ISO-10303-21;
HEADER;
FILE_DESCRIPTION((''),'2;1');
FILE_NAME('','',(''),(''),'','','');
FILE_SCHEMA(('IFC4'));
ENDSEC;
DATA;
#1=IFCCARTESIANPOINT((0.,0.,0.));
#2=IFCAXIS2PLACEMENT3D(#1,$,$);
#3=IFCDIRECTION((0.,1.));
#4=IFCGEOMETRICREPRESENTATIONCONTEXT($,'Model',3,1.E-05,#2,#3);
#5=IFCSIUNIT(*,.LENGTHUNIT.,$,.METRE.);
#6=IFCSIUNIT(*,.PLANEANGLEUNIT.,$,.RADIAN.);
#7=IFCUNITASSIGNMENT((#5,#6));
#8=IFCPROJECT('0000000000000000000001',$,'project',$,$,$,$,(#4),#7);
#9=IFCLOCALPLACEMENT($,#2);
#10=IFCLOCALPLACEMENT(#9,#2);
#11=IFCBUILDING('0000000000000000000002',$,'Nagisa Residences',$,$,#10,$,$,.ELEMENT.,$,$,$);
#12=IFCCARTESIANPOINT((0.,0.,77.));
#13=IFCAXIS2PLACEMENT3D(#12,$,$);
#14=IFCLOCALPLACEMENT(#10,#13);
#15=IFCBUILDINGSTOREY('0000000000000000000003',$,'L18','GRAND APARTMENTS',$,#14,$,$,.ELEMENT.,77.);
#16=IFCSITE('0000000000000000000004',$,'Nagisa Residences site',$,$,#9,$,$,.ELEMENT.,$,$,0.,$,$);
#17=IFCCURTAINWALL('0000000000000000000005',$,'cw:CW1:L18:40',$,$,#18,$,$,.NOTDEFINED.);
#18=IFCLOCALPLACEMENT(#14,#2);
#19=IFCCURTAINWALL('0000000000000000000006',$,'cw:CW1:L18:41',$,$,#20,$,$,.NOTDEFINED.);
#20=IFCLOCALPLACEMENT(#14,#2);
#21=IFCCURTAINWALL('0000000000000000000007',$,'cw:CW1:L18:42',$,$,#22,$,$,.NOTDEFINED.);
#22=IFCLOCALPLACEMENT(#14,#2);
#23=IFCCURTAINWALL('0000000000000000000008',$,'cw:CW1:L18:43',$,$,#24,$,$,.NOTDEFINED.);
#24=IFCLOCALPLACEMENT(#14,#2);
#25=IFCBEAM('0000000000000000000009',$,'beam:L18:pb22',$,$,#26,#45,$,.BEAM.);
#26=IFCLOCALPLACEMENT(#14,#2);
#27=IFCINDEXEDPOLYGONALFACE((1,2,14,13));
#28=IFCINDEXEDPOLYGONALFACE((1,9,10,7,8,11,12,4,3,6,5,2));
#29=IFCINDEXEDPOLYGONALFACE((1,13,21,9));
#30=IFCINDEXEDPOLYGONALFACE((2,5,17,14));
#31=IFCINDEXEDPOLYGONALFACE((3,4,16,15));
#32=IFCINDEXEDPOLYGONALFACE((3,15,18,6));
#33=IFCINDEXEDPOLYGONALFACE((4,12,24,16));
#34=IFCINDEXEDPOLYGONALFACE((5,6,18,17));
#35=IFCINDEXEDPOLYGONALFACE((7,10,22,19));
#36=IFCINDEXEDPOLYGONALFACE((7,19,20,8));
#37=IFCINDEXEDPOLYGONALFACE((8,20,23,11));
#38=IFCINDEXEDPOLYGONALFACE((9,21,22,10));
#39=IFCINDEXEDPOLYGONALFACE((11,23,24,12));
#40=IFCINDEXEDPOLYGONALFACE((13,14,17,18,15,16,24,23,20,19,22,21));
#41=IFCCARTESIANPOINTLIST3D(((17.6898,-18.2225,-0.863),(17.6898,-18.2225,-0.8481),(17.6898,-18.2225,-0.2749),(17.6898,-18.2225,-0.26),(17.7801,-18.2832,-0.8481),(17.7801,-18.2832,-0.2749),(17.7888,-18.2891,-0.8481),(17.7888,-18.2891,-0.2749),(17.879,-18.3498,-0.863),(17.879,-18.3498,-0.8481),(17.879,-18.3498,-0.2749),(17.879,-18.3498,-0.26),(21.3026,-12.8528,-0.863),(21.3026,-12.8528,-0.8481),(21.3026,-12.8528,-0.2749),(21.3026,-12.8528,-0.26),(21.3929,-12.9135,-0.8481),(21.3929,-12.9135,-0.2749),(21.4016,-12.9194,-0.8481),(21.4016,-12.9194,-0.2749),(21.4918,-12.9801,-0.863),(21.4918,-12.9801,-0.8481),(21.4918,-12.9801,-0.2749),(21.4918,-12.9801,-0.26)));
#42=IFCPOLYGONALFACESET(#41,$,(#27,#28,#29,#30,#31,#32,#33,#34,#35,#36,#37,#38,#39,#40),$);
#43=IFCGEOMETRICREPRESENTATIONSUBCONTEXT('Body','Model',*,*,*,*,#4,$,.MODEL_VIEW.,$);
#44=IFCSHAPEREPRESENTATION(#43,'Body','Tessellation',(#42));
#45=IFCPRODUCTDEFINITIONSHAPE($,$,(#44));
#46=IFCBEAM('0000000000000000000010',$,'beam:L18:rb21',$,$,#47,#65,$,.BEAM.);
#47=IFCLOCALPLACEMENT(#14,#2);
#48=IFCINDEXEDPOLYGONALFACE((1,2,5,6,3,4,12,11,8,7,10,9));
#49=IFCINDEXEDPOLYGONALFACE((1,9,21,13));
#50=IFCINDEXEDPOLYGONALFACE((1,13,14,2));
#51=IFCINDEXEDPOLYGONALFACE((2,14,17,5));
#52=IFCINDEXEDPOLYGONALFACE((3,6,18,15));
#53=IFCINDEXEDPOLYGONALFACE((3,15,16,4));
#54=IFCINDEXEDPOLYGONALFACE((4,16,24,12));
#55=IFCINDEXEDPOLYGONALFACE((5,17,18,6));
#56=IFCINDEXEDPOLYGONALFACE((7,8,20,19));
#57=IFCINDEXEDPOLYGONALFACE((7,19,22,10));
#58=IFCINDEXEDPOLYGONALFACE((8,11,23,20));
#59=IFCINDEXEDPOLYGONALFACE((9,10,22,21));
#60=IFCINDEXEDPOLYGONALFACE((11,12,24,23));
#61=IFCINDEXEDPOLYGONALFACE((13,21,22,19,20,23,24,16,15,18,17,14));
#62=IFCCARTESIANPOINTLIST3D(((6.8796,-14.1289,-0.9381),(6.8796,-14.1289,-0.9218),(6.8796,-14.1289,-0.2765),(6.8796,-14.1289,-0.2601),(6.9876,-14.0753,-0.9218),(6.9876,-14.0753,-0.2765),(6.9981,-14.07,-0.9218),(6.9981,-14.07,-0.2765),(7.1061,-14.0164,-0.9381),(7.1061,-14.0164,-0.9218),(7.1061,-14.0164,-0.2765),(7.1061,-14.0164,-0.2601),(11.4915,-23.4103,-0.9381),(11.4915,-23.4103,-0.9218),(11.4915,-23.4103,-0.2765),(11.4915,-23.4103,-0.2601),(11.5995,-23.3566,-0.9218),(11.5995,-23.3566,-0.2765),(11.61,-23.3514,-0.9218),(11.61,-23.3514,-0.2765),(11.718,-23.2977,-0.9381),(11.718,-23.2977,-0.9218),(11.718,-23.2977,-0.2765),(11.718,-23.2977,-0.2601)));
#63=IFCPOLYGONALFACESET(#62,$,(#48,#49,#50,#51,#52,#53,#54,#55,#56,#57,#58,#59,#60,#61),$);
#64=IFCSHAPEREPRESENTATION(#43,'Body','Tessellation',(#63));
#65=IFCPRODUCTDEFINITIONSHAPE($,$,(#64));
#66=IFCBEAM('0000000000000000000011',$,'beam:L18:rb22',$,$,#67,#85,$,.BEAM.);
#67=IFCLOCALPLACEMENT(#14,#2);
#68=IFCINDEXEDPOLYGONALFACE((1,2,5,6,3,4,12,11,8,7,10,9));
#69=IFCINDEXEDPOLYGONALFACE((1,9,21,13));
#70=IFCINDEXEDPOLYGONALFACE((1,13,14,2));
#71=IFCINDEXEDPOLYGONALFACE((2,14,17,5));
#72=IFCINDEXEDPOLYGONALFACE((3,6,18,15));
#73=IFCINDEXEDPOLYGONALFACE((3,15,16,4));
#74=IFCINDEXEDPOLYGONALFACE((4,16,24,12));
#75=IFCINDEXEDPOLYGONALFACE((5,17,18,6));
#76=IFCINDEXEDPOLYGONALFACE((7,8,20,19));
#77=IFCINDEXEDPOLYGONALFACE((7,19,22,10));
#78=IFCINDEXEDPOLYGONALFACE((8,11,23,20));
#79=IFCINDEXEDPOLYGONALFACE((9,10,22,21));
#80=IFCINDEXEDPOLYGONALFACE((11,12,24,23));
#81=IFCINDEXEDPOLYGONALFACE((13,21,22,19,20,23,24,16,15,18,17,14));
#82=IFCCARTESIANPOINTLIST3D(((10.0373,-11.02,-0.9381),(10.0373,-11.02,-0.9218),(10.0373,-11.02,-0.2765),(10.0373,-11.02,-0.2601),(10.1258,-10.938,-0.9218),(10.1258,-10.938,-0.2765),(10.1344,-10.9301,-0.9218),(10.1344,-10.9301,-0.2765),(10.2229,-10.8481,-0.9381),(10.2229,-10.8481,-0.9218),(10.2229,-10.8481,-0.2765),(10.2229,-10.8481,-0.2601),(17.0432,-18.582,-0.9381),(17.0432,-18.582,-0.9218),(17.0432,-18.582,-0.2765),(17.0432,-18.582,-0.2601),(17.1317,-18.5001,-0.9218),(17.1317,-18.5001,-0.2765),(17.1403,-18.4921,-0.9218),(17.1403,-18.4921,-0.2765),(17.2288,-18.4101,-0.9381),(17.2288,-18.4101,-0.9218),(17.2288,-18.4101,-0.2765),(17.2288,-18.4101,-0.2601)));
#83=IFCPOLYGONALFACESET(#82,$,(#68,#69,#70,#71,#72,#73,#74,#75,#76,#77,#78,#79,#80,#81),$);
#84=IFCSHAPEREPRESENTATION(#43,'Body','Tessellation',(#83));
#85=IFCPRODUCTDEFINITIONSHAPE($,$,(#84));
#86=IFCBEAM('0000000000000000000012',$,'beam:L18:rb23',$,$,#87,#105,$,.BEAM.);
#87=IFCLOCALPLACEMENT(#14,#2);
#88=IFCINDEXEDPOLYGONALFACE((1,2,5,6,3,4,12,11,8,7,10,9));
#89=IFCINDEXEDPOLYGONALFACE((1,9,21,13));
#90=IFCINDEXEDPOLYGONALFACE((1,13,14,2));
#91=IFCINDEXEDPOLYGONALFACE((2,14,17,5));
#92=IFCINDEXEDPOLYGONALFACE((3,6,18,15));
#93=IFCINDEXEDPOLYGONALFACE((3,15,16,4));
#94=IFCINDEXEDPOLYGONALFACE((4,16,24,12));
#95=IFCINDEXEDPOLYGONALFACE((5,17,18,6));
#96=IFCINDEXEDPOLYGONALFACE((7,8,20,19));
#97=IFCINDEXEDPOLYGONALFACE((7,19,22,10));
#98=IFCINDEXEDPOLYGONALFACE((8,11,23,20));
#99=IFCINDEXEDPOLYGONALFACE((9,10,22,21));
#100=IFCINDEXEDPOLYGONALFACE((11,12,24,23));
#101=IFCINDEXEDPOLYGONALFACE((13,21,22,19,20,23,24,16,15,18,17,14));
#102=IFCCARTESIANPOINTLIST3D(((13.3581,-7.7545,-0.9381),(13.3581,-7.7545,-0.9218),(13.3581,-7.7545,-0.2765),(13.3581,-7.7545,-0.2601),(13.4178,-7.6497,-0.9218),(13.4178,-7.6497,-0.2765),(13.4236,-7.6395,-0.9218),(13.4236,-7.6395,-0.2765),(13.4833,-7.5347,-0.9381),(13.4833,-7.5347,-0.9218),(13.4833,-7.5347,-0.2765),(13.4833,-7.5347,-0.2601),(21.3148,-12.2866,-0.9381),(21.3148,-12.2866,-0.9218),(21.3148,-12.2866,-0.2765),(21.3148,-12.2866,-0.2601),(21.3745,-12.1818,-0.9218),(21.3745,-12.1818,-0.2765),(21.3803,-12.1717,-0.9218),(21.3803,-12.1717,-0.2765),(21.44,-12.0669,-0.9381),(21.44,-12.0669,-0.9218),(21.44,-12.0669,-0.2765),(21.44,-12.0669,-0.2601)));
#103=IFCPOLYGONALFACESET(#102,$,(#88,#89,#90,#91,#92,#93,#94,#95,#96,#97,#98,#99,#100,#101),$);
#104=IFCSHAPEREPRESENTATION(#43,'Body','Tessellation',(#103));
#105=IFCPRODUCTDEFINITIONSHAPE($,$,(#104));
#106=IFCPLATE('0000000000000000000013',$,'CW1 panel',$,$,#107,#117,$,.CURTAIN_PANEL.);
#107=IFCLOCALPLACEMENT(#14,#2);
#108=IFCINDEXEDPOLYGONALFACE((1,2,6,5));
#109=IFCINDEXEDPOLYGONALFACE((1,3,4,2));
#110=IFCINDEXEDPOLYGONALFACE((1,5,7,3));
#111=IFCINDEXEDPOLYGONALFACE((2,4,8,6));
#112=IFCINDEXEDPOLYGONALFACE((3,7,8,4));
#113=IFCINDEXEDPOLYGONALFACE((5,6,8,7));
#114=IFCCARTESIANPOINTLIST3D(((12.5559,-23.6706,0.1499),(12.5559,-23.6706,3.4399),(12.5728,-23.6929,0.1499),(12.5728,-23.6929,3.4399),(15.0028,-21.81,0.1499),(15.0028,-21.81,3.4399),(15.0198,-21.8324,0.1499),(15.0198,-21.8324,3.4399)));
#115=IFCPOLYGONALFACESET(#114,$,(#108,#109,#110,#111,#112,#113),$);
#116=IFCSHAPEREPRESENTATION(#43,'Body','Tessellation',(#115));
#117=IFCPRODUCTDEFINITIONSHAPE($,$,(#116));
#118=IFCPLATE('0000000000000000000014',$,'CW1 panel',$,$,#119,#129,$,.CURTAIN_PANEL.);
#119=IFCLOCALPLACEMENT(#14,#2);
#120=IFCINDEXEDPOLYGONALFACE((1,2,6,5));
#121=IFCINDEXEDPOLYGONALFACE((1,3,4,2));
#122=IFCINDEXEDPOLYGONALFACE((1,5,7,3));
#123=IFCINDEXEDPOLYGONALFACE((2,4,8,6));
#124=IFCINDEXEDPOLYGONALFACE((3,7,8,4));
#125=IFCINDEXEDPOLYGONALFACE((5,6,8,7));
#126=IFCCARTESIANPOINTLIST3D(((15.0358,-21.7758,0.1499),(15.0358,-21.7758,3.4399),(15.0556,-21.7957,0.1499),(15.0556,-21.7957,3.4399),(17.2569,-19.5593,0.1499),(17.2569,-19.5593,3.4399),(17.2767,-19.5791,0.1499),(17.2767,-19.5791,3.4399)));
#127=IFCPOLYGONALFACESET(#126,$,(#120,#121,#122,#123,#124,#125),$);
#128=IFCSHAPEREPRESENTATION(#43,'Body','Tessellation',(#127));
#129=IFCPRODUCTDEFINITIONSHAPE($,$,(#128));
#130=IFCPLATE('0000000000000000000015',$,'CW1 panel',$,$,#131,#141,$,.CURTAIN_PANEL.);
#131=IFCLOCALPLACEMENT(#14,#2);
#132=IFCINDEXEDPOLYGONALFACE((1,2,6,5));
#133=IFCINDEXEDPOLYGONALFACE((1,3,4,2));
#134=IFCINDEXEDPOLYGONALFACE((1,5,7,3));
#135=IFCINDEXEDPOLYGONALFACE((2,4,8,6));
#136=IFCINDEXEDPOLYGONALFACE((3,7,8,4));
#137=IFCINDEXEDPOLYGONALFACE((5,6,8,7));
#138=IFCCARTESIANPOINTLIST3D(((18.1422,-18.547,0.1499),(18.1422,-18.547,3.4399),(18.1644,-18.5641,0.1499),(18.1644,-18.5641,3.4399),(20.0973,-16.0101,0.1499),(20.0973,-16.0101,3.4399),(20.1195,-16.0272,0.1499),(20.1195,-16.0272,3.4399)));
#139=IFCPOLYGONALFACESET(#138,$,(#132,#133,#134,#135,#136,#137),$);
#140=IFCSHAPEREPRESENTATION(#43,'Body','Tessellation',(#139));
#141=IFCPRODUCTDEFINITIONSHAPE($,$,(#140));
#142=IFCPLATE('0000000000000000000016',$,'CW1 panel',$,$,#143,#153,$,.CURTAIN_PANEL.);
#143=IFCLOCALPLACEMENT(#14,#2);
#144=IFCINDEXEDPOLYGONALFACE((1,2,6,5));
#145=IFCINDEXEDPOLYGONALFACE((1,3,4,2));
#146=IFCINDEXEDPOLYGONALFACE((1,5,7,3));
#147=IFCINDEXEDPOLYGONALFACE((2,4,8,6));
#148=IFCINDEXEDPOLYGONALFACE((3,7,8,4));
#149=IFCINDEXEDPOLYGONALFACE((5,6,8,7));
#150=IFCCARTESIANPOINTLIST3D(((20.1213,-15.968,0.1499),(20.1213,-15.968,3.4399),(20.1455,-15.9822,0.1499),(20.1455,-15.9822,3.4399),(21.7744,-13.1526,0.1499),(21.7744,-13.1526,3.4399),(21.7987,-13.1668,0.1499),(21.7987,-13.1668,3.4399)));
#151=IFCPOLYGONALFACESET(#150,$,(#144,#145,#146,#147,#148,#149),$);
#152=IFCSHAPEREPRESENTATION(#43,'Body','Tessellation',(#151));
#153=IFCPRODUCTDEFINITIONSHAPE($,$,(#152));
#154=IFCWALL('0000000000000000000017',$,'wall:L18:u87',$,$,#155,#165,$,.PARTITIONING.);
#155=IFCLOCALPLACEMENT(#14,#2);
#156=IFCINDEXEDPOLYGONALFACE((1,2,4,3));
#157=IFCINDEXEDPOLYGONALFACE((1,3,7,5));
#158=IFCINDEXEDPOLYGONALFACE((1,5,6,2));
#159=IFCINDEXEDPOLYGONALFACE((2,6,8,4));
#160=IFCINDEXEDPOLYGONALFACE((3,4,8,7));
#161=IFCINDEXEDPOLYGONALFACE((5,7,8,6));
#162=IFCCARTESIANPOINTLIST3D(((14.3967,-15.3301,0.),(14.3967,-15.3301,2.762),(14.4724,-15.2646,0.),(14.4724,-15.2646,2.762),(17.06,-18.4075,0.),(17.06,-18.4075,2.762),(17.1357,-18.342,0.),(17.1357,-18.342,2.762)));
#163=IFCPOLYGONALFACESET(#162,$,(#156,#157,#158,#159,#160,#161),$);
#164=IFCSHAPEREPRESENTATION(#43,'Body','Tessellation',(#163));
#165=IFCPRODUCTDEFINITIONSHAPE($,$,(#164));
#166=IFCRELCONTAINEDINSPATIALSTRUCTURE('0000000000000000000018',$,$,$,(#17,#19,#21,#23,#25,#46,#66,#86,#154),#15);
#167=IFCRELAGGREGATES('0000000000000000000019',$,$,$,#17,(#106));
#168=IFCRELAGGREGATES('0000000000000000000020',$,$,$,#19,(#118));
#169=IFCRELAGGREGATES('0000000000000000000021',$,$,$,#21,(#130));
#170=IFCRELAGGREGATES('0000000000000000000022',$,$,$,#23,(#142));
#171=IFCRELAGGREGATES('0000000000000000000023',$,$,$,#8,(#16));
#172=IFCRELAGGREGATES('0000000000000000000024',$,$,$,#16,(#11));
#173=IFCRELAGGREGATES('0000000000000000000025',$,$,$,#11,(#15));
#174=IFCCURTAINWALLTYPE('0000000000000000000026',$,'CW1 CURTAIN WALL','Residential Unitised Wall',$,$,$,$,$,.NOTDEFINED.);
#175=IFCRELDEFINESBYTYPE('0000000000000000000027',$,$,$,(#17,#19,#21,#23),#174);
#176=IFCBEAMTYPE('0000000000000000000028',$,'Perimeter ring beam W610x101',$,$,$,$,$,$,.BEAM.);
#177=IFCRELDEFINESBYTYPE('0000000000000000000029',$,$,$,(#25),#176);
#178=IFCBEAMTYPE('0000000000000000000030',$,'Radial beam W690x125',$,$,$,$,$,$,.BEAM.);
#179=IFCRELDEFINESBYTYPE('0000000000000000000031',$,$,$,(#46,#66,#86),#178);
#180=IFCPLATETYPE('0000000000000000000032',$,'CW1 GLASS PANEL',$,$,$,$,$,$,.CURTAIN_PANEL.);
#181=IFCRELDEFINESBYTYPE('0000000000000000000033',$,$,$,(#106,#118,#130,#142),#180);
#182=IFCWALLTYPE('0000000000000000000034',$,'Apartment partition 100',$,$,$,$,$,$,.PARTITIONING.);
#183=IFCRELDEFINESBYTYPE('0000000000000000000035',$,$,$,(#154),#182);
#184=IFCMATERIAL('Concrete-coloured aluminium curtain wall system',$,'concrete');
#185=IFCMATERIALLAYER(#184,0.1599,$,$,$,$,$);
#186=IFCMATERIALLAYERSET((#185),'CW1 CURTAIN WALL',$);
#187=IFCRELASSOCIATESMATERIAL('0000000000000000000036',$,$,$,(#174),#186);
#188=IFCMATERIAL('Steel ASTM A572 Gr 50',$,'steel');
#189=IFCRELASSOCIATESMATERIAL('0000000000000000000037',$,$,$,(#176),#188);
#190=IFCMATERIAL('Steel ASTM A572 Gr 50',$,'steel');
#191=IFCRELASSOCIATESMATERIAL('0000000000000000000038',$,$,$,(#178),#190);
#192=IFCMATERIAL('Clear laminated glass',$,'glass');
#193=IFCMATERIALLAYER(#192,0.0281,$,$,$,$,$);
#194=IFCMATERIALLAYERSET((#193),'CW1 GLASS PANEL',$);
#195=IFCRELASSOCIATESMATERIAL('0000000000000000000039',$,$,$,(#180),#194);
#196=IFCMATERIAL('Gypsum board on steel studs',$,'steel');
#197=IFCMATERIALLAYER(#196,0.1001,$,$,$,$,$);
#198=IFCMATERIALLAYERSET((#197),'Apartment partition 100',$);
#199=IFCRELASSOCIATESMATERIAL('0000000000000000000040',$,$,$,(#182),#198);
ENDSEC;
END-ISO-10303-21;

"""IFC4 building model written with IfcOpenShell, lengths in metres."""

from ifc_helpers import new_model, si_unit, direction, frame, frame_2d, origin, origin_2d, place, context, subcontext, project, spatial, rectangle, i_section, extrude, material, layer, layer_set, material_profile, profile_set, type_object, element, aggregate, save


model = new_model("IFC4")

# Units and contexts
model_context = context("Model", 3, precision=1e-05, world=origin(), true_north=direction((0.0, 1.0)))
body_context = subcontext(model_context, "Body", "Model", "MODEL_VIEW")
ifc_project = project(units=[si_unit("LENGTHUNIT", "METRE"), si_unit("PLANEANGLEUNIT", "RADIAN")], contexts=[model_context])

# Site, building, storey
site_placement = place(None, origin())
site = spatial("IfcSite", under=ifc_project, at=site_placement, Name="Nagisa Residences site", CompositionType="ELEMENT", RefElevation=0.0)
building_placement = place(site_placement, origin())
building = spatial("IfcBuilding", under=site, at=building_placement, Name="Nagisa Residences", CompositionType="ELEMENT")
storey_placement = place(building_placement, frame((0.0, 0.0, 77.0)))
storey = spatial("IfcBuildingStorey", under=building, at=storey_placement, Name="L18", Description="GRAND APARTMENTS", CompositionType="ELEMENT", Elevation=77.0)

# Curtain walls
ifc_material_1 = material(Name="Concrete-coloured aluminium curtain wall system", Category="concrete")
ifc_layer_1 = layer(ifc_material_1, 0.1599)
ifc_layer_set_1 = layer_set([ifc_layer_1], Name="CW1 CURTAIN WALL")
curtain_wall_type = type_object("IfcCurtainWallType", Name="CW1 CURTAIN WALL", Description="Residential Unitised Wall", PredefinedType="NOTDEFINED", material=ifc_layer_set_1)
curtain_wall_1_placement = place(storey_placement, origin())
curtain_wall_1 = element("IfcCurtainWall", 1, at=curtain_wall_1_placement, inside=storey, type_object=curtain_wall_type, Name="cw:CW1:L18:40", PredefinedType="NOTDEFINED")
curtain_wall_2_placement = place(storey_placement, origin())
curtain_wall_2 = element("IfcCurtainWall", 2, at=curtain_wall_2_placement, inside=storey, type_object=curtain_wall_type, Name="cw:CW1:L18:41", PredefinedType="NOTDEFINED")
curtain_wall_3_placement = place(storey_placement, origin())
curtain_wall_3 = element("IfcCurtainWall", 3, at=curtain_wall_3_placement, inside=storey, type_object=curtain_wall_type, Name="cw:CW1:L18:42", PredefinedType="NOTDEFINED")
curtain_wall_4_placement = place(storey_placement, origin())
curtain_wall_4 = element("IfcCurtainWall", 4, at=curtain_wall_4_placement, inside=storey, type_object=curtain_wall_type, Name="cw:CW1:L18:43", PredefinedType="NOTDEFINED")

# Beams
ifc_material_2 = material(Name="Steel ASTM A572 Gr 50", Category="steel")
ifc_material_profile_1 = material_profile(ifc_material_2, i_section(OverallWidth=0.228, OverallDepth=0.603, WebThickness=0.0105, FlangeThickness=0.0149, at=origin_2d()), Name="W610x101")
ifc_profile_set_1 = profile_set([ifc_material_profile_1], Name="Steel ASTM A572 Gr 50")
beam_type_1 = type_object("IfcBeamType", Name="Perimeter ring beam W610x101", PredefinedType="BEAM", material=ifc_profile_set_1)
beam_1_placement = place(storey_placement, frame((17.7844, -18.2861, -0.5615), z_axis=(0.55823, 0.829687, 0.0), x_axis=(-0.829687, 0.55823, 0.0)))
element("IfcBeam", 5, at=beam_1_placement, inside=storey, type_object=beam_type_1, Name="beam:L18:pb22", PredefinedType="BEAM", context=body_context, shape_type="SweptSolid", body=[
    extrude(i_section(OverallWidth=0.228, OverallDepth=0.603, WebThickness=0.0105, FlangeThickness=0.0149, at=origin_2d()), origin(), (0.0, 0.0, 1.0), 6.4719),
])
ifc_material_3 = material(Name="Steel ASTM A572 Gr 50", Category="steel")
ifc_material_profile_2 = material_profile(ifc_material_3, i_section(OverallWidth=0.2529, OverallDepth=0.678, WebThickness=0.0117, FlangeThickness=0.0164, at=origin_2d()), Name="W690x125")
ifc_profile_set_2 = profile_set([ifc_material_profile_2], Name="Steel ASTM A572 Gr 50")
beam_type_2 = type_object("IfcBeamType", Name="Radial beam W690x125", PredefinedType="BEAM", material=ifc_profile_set_2)
beam_2_placement = place(storey_placement, frame((11.6047, -23.354, -0.5991), z_axis=(-0.444988, 0.895536, 0.0), x_axis=(-0.895536, -0.444988, 0.0)))
element("IfcBeam", 6, at=beam_2_placement, inside=storey, type_object=beam_type_2, Name="beam:L18:rb21", PredefinedType="BEAM", context=body_context, shape_type="SweptSolid", body=[
    extrude(i_section(OverallWidth=0.2529, OverallDepth=0.678, WebThickness=0.0117, FlangeThickness=0.0164, at=origin_2d()), origin(), (0.0, 0.0, 1.0), 10.364),
])
beam_3_placement = place(storey_placement, frame((17.136, -18.4961, -0.5991), z_axis=(-0.679617, 0.733567, 0.0), x_axis=(-0.733567, -0.679617, 0.0)))
element("IfcBeam", 7, at=beam_3_placement, inside=storey, type_object=beam_type_2, Name="beam:L18:rb22", PredefinedType="BEAM", context=body_context, shape_type="SweptSolid", body=[
    extrude(i_section(OverallWidth=0.2529, OverallDepth=0.678, WebThickness=0.0117, FlangeThickness=0.0164, at=origin_2d()), origin(), (0.0, 0.0, 1.0), 10.3086),
])
beam_4_placement = place(storey_placement, frame((21.3774, -12.1768, -0.5991), z_axis=(-0.868925, 0.494944, 0.0), x_axis=(-0.494944, -0.868925, 0.0)))
element("IfcBeam", 8, at=beam_4_placement, inside=storey, type_object=beam_type_2, Name="beam:L18:rb23", PredefinedType="BEAM", context=body_context, shape_type="SweptSolid", body=[
    extrude(i_section(OverallWidth=0.2529, OverallDepth=0.678, WebThickness=0.0117, FlangeThickness=0.0164, at=origin_2d()), origin(), (0.0, 0.0, 1.0), 9.157),
])

# Plates
ifc_material_4 = material(Name="Clear laminated glass", Category="glass")
ifc_layer_2 = layer(ifc_material_4, 0.0281)
ifc_layer_set_2 = layer_set([ifc_layer_2], Name="CW1 GLASS PANEL")
plate_type = type_object("IfcPlateType", Name="CW1 GLASS PANEL", PredefinedType="CURTAIN_PANEL", material=ifc_layer_set_2)
plate_1_placement = place(storey_placement, frame((13.7878, -22.7515, 0.1499), z_axis=(0.0, 0.0, 1.0), x_axis=(0.796031, 0.605255, 0.0)))
plate_1 = element("IfcPlate", 9, at=plate_1_placement, type_object=plate_type, Name="CW1 panel", PredefinedType="CURTAIN_PANEL", context=body_context, shape_type="SweptSolid", body=[
    extrude(rectangle(XDim=3.074, YDim=0.0281, at=origin_2d()), origin(), (0.0, 0.0, 1.0), 3.29),
])
aggregate(curtain_wall_1, [plate_1])
plate_2_placement = place(storey_placement, frame((16.1562, -20.6775, 0.1499), z_axis=(0.0, 0.0, 1.0), x_axis=(0.707836, 0.706377, 0.0)))
plate_2 = element("IfcPlate", 10, at=plate_2_placement, type_object=plate_type, Name="CW1 panel", PredefinedType="CURTAIN_PANEL", context=body_context, shape_type="SweptSolid", body=[
    extrude(rectangle(XDim=3.1379, YDim=0.0281, at=origin_2d()), origin(), (0.0, 0.0, 1.0), 3.29),
])
aggregate(curtain_wall_2, [plate_2])
plate_3_placement = place(storey_placement, frame((19.1309, -17.2871, 0.1499), z_axis=(0.0, 0.0, 1.0), x_axis=(0.61043, 0.79207, 0.0)))
plate_3 = element("IfcPlate", 11, at=plate_3_placement, type_object=plate_type, Name="CW1 panel", PredefinedType="CURTAIN_PANEL", context=body_context, shape_type="SweptSolid", body=[
    extrude(rectangle(XDim=3.2029, YDim=0.0281, at=origin_2d()), origin(), (0.0, 0.0, 1.0), 3.29),
])
aggregate(curtain_wall_3, [plate_3])
plate_4_placement = place(storey_placement, frame((20.96, -14.5674, 0.1499), z_axis=(0.0, 0.0, 1.0), x_axis=(0.506349, 0.862329, 0.0)))
plate_4 = element("IfcPlate", 12, at=plate_4_placement, type_object=plate_type, Name="CW1 panel", PredefinedType="CURTAIN_PANEL", context=body_context, shape_type="SweptSolid", body=[
    extrude(rectangle(XDim=3.2649, YDim=0.0281, at=origin_2d()), origin(), (0.0, 0.0, 1.0), 3.29),
])
aggregate(curtain_wall_4, [plate_4])

# Wall
ifc_material_5 = material(Name="Gypsum board on steel studs", Category="steel")
ifc_layer_3 = layer(ifc_material_5, 0.1001)
ifc_layer_set_3 = layer_set([ifc_layer_3], Name="Apartment partition 100")
wall_type_1 = type_object("IfcWallType", Name="Apartment partition 100", PredefinedType="PARTITIONING", material=ifc_layer_set_3)
wall_1_placement = place(storey_placement, frame((14.4346, -15.2974, 0.0), z_axis=(0.0, 0.0, 1.0), x_axis=(0.654405, -0.756144, 0.0)))
element("IfcWall", 13, at=wall_1_placement, inside=storey, type_object=wall_type_1, Name="wall:L18:u87", PredefinedType="PARTITIONING", context=body_context, shape_type="SweptSolid", body=[
    extrude(rectangle(XDim=4.0698, YDim=0.1001, at=frame_2d((2.0349, 0.0))), origin(), (0.0, 0.0, 1.0), 2.762),
])

save(model, "model.ifc")
